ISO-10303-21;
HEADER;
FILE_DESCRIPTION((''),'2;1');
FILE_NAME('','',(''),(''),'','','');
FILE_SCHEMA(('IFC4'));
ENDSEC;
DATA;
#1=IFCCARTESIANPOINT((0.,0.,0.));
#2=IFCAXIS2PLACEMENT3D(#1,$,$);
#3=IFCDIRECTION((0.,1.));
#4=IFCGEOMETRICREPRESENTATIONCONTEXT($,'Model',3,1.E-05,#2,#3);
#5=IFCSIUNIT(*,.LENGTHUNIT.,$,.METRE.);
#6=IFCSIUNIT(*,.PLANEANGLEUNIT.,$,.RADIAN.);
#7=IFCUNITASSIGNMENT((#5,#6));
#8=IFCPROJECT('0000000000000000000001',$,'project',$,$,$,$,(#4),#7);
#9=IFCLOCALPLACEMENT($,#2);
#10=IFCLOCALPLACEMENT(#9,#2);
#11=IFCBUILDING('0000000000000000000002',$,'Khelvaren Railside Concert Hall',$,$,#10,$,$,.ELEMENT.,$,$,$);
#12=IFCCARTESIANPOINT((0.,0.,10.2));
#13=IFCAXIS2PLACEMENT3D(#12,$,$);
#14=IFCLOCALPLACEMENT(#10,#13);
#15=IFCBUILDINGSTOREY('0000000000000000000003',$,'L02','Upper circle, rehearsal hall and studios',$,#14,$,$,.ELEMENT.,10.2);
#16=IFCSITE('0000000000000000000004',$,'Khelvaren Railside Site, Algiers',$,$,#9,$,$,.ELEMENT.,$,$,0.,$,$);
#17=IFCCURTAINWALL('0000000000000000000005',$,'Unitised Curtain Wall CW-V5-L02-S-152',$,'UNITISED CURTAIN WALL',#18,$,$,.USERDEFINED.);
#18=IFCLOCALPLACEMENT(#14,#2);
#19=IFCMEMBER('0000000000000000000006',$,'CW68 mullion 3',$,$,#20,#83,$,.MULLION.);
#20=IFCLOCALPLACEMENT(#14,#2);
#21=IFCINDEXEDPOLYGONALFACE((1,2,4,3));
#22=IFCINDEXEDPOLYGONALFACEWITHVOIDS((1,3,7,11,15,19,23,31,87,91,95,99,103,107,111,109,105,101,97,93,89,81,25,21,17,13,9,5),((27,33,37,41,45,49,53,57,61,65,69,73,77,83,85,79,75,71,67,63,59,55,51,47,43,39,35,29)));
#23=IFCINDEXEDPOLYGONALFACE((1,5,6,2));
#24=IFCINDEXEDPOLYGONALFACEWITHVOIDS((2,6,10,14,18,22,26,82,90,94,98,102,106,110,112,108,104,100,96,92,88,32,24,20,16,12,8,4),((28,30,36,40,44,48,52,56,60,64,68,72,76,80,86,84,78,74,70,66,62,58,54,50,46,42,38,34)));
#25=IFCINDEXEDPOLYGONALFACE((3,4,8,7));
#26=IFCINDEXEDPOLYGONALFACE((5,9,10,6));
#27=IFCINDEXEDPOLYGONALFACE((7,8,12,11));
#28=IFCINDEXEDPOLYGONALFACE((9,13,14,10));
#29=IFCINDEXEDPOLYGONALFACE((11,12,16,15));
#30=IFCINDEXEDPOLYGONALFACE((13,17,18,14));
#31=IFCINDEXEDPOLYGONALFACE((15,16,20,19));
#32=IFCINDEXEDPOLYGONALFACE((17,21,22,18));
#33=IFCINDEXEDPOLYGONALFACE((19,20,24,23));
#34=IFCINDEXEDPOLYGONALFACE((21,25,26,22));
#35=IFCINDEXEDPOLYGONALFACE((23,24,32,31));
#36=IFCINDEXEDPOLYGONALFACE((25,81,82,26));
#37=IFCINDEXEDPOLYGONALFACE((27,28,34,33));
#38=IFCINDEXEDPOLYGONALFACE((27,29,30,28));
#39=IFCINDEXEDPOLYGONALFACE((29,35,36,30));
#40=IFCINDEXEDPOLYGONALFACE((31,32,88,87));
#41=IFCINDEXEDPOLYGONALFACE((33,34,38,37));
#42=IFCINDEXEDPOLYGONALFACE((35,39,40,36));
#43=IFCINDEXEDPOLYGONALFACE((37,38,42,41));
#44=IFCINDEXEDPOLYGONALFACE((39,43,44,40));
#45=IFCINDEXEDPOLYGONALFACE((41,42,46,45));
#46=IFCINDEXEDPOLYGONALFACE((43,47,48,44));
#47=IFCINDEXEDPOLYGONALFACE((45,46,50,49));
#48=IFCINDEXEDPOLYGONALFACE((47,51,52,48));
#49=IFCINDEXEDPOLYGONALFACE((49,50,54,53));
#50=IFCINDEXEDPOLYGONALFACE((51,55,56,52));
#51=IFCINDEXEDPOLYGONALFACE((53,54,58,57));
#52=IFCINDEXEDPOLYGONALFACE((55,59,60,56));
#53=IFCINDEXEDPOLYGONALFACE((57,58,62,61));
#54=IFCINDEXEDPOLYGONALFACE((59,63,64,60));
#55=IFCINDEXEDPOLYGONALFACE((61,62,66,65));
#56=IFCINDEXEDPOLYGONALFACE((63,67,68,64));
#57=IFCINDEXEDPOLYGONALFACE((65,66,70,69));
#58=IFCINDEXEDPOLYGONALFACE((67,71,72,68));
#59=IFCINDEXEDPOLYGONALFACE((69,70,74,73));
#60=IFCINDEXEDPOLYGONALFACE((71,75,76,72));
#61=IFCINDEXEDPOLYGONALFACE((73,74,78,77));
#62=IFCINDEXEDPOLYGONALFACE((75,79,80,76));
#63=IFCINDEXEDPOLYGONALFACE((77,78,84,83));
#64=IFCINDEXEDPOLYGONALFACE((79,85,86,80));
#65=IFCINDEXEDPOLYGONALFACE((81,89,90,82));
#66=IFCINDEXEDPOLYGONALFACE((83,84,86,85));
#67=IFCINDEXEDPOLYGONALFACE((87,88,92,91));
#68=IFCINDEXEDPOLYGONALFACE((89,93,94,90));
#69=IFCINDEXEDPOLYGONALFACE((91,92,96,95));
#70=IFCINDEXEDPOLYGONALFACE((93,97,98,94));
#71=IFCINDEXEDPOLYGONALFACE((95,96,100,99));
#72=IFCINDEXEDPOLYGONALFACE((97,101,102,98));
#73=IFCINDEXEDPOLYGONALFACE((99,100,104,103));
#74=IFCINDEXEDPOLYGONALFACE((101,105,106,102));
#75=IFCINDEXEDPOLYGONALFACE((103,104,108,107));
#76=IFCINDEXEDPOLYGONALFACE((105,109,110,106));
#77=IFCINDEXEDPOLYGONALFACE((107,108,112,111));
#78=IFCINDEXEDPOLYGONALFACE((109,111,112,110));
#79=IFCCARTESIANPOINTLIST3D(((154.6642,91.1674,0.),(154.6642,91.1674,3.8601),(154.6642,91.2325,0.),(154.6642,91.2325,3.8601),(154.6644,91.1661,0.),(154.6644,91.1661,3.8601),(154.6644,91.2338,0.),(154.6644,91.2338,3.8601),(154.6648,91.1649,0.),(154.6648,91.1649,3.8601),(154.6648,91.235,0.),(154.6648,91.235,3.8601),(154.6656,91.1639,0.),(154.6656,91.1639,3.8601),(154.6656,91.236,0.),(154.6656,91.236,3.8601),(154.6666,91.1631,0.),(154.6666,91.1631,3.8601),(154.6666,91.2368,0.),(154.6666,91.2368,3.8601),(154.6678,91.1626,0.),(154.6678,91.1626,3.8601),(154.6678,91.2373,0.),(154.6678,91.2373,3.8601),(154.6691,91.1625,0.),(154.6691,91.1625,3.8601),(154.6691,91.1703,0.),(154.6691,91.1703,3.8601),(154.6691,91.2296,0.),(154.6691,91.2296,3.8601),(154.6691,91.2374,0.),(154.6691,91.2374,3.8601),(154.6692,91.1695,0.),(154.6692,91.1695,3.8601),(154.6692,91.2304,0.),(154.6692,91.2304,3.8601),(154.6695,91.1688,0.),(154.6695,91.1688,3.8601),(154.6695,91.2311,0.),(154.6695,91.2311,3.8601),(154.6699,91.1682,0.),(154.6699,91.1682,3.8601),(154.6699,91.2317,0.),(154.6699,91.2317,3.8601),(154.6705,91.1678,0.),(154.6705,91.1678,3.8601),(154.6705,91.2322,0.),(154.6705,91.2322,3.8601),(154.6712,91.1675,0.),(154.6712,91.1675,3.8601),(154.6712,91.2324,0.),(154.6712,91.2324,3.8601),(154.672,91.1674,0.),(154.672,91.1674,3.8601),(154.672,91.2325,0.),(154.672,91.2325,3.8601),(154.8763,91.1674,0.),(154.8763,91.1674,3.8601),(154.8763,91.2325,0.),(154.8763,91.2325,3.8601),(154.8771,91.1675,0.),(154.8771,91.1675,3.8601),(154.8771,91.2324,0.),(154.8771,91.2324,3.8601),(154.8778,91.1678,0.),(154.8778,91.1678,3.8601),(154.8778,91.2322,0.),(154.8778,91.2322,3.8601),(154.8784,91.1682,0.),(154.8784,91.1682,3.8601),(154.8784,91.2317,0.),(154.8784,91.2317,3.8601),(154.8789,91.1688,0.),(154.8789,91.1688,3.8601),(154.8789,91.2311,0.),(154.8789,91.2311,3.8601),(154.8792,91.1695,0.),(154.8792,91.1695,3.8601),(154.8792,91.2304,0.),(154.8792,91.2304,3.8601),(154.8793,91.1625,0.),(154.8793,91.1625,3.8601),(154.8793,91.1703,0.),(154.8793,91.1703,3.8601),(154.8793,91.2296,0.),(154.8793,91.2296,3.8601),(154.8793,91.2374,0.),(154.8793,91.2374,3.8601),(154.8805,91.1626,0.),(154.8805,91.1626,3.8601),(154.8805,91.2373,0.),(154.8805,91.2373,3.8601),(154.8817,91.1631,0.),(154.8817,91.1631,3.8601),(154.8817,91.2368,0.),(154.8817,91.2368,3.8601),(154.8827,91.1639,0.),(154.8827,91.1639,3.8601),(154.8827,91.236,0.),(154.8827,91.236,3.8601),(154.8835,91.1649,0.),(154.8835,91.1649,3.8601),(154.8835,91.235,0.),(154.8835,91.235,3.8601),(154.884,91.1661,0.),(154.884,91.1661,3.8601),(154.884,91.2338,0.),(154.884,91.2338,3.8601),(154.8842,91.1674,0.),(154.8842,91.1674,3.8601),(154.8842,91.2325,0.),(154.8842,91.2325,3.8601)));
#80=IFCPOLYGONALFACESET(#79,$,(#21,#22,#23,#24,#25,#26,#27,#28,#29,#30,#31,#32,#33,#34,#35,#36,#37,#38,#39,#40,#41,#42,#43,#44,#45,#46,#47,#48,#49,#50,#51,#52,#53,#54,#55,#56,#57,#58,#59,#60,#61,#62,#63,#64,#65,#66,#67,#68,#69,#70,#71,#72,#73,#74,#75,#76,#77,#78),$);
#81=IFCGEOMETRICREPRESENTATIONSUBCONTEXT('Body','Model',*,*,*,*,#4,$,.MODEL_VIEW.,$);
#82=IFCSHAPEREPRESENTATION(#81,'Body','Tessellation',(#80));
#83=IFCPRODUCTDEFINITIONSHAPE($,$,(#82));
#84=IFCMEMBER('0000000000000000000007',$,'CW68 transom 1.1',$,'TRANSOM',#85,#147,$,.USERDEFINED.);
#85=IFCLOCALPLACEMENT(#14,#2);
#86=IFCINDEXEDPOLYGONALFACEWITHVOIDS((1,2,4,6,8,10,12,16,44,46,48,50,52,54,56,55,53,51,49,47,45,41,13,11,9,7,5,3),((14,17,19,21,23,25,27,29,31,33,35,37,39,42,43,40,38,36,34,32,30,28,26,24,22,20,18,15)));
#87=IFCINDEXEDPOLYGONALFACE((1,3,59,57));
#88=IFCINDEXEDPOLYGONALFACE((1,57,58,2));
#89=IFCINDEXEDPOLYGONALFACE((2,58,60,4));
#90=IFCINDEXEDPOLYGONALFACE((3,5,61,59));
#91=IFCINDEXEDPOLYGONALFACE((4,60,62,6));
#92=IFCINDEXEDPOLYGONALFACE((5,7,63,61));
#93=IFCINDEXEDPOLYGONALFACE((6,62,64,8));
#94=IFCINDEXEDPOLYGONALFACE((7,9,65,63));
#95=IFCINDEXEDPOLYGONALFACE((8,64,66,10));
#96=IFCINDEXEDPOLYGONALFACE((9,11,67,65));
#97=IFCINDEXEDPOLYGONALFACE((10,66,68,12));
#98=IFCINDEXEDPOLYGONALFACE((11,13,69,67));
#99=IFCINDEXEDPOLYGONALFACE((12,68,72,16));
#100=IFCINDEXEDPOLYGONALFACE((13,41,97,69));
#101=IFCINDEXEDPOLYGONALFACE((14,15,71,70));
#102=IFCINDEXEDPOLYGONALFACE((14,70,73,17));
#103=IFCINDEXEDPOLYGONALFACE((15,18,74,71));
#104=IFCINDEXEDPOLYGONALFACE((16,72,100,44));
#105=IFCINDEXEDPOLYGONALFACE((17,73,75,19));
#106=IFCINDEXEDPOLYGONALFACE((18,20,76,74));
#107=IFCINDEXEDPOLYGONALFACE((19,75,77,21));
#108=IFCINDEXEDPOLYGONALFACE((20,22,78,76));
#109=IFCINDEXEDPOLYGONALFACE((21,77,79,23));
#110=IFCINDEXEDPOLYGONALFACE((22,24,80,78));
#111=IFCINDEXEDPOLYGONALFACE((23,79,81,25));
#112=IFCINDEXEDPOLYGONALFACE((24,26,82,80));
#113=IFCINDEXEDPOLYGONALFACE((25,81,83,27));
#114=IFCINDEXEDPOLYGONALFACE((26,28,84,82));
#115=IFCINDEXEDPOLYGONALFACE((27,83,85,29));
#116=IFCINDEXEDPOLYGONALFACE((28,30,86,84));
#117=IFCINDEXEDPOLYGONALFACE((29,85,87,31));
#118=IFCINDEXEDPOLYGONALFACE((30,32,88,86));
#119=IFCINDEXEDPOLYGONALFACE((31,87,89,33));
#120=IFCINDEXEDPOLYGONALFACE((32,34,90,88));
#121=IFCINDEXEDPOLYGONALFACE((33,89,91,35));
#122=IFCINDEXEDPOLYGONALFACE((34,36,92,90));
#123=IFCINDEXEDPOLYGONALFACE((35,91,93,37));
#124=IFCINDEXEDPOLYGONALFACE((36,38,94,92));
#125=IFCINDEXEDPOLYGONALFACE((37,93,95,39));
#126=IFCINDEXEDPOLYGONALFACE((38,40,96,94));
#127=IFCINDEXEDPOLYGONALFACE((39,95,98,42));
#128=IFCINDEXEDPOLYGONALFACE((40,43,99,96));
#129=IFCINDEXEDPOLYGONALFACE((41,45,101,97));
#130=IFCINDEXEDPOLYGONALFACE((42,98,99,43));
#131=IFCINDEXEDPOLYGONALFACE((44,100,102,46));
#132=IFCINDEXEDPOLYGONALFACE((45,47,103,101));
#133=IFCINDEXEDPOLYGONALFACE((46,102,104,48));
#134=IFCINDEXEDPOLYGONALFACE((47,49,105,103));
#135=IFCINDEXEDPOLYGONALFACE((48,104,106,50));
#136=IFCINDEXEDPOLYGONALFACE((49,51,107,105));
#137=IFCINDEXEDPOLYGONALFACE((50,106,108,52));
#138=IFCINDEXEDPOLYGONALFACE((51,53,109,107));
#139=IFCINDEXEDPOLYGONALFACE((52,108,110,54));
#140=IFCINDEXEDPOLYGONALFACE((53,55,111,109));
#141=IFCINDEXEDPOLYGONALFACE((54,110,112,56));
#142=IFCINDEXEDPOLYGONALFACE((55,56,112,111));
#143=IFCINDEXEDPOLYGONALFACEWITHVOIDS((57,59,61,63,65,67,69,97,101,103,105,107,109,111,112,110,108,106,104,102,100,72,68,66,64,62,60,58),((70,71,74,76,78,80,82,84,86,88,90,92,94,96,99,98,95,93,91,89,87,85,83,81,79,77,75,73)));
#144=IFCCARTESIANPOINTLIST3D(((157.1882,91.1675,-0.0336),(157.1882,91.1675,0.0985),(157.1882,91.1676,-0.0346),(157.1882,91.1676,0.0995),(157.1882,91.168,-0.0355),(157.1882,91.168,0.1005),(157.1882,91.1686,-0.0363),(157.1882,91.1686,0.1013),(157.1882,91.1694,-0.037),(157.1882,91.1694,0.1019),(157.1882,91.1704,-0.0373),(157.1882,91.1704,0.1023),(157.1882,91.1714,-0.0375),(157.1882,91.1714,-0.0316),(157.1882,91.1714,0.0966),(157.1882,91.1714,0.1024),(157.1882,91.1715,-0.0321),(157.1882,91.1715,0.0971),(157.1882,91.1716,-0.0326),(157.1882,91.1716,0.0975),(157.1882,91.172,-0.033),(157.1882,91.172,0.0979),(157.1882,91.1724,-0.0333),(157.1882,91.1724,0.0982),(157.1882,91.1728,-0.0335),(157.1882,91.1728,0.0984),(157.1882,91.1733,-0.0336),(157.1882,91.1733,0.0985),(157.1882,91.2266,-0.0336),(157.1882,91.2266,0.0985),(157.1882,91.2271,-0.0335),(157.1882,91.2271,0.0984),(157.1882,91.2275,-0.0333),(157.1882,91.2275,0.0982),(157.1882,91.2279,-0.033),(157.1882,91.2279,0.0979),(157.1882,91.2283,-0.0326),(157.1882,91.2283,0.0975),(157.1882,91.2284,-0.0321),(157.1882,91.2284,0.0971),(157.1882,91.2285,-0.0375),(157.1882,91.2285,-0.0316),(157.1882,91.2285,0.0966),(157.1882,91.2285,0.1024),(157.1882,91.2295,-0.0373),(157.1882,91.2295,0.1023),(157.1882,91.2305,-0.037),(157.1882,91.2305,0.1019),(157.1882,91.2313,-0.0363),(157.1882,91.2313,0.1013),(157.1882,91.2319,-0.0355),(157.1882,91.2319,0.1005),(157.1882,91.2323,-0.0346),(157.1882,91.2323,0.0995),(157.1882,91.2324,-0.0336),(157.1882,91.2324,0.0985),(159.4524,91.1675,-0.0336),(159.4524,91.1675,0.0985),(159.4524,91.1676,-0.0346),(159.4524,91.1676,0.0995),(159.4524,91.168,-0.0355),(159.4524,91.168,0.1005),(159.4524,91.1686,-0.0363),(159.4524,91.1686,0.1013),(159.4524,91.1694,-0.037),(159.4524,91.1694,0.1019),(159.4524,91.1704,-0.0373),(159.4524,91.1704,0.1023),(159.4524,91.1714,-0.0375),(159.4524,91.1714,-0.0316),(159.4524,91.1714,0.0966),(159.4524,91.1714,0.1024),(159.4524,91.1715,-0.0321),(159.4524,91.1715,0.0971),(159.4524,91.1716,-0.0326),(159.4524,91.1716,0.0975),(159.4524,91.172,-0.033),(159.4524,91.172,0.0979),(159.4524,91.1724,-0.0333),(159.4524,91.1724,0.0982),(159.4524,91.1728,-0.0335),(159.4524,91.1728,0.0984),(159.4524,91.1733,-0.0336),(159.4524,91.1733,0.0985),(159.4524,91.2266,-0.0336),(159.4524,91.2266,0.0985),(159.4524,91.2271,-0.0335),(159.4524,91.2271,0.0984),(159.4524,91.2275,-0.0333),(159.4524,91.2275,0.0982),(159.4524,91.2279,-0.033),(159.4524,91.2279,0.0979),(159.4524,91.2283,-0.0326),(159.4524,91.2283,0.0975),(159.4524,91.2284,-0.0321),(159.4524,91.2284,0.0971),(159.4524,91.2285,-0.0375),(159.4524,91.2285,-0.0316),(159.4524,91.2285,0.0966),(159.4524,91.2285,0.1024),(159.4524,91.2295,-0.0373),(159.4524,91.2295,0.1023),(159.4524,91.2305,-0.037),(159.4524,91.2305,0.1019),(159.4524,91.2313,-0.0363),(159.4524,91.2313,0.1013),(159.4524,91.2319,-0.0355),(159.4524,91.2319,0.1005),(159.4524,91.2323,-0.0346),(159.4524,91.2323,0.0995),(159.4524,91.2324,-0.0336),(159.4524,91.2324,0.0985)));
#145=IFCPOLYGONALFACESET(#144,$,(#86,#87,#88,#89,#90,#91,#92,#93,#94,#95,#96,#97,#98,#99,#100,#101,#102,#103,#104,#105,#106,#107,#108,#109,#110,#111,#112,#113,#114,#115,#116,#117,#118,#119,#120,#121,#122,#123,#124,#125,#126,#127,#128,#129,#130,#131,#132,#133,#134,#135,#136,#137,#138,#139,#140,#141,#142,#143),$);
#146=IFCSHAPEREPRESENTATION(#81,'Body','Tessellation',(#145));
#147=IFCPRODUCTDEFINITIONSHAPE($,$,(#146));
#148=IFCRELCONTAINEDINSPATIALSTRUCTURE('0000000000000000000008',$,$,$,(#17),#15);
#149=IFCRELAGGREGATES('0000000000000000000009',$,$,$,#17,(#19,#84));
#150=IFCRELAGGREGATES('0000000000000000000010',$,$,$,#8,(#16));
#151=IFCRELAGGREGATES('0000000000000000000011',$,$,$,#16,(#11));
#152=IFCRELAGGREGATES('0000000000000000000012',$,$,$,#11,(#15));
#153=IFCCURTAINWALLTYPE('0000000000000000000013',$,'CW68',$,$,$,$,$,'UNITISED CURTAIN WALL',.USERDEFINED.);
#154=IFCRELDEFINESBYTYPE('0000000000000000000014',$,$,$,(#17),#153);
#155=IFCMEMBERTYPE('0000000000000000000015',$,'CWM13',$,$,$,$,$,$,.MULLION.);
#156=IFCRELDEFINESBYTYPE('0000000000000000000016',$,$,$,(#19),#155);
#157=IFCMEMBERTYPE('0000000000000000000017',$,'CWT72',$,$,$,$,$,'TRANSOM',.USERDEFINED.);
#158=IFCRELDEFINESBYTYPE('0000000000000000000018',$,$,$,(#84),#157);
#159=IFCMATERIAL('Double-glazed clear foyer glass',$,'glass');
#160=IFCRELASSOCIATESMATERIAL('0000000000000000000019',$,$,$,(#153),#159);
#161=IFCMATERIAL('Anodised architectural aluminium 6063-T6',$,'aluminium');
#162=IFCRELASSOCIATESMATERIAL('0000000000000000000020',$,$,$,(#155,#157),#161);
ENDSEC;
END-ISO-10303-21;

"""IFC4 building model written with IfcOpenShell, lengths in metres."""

from ifc_helpers import new_model, si_unit, direction, frame, origin, origin_2d, place, context, subcontext, project, spatial, hollow_rectangle, extrude, material, material_profile, profile_set, type_object, element, aggregate, save


model = new_model("IFC4")

# Units and contexts
model_context = context("Model", 3, precision=1e-05, world=origin(), true_north=direction((0.0, 1.0)))
body_context = subcontext(model_context, "Body", "Model", "MODEL_VIEW")
ifc_project = project(units=[si_unit("LENGTHUNIT", "METRE"), si_unit("PLANEANGLEUNIT", "RADIAN")], contexts=[model_context])

# Site, building, storey
site_placement = place(None, origin())
site = spatial("IfcSite", under=ifc_project, at=site_placement, Name="Khelvaren Railside Site, Algiers", CompositionType="ELEMENT", RefElevation=0.0)
building_placement = place(site_placement, origin())
building = spatial("IfcBuilding", under=site, at=building_placement, Name="Khelvaren Railside Concert Hall", CompositionType="ELEMENT")
storey_placement = place(building_placement, frame((0.0, 0.0, 10.2)))
storey = spatial("IfcBuildingStorey", under=building, at=storey_placement, Name="L02", Description="Upper circle, rehearsal hall and studios", CompositionType="ELEMENT", Elevation=10.2)

# Curtain wall, members
ifc_material_1 = material(Name="Double-glazed clear foyer glass", Category="glass")
curtain_wall_type = type_object("IfcCurtainWallType", Name="CW68", ElementType="UNITISED CURTAIN WALL", PredefinedType="USERDEFINED", material=ifc_material_1)
curtain_wall_placement = place(storey_placement, origin())
curtain_wall = element("IfcCurtainWall", 1, at=curtain_wall_placement, inside=storey, type_object=curtain_wall_type, Name="Unitised Curtain Wall CW-V5-L02-S-152", ObjectType="UNITISED CURTAIN WALL", PredefinedType="USERDEFINED")
ifc_material_2 = material(Name="Anodised architectural aluminium 6063-T6", Category="aluminium")
ifc_material_profile_1 = material_profile(ifc_material_2, hollow_rectangle(XDim=0.075, YDim=0.22, WallThickness=0.0049, InnerFilletRadius=0.0029, OuterFilletRadius=0.0049, at=origin_2d()), Name="CWM 75x220x5")
ifc_profile_set_1 = profile_set([ifc_material_profile_1], Name="Anodised architectural aluminium 6063-T6")
member_type_1 = type_object("IfcMemberType", Name="CWM13", PredefinedType="MULLION", material=ifc_profile_set_1)
member_1_placement = place(storey_placement, frame((154.7742, 91.2, 0.0), z_axis=(0.0, 0.0, 1.0), x_axis=(0.0, -1.0, 0.0)))
member_1 = element("IfcMember", 2, at=member_1_placement, type_object=member_type_1, Name="CW68 mullion 3", PredefinedType="MULLION", context=body_context, shape_type="SweptSolid", body=[
    extrude(hollow_rectangle(XDim=0.075, YDim=0.22, WallThickness=0.0049, InnerFilletRadius=0.0029, OuterFilletRadius=0.0049, at=origin_2d()), origin(), (0.0, 0.0, 1.0), 3.8601),
])
ifc_material_profile_2 = material_profile(ifc_material_2, hollow_rectangle(XDim=0.0649, YDim=0.1399, WallThickness=0.0039, InnerFilletRadius=0.002, OuterFilletRadius=0.0039, at=origin_2d()), Name="CWT 65x140x4")
ifc_profile_set_2 = profile_set([ifc_material_profile_2], Name="Anodised architectural aluminium 6063-T6")
member_type_2 = type_object("IfcMemberType", Name="CWT72", ElementType="TRANSOM", PredefinedType="USERDEFINED", material=ifc_profile_set_2)
member_2_placement = place(storey_placement, frame((159.4524, 91.2, 0.0325), z_axis=(-1.0, 0.0, 0.0), x_axis=(0.0, -1.0, 0.0)))
member_2 = element("IfcMember", 3, at=member_2_placement, type_object=member_type_2, Name="CW68 transom 1.1", ObjectType="TRANSOM", PredefinedType="USERDEFINED", context=body_context, shape_type="SweptSolid", body=[
    extrude(hollow_rectangle(XDim=0.0649, YDim=0.1399, WallThickness=0.0039, InnerFilletRadius=0.002, OuterFilletRadius=0.0039, at=origin_2d()), origin(), (0.0, 0.0, 1.0), 2.2642),
])

aggregate(curtain_wall, [member_1, member_2])

save(model, "model.ifc")
